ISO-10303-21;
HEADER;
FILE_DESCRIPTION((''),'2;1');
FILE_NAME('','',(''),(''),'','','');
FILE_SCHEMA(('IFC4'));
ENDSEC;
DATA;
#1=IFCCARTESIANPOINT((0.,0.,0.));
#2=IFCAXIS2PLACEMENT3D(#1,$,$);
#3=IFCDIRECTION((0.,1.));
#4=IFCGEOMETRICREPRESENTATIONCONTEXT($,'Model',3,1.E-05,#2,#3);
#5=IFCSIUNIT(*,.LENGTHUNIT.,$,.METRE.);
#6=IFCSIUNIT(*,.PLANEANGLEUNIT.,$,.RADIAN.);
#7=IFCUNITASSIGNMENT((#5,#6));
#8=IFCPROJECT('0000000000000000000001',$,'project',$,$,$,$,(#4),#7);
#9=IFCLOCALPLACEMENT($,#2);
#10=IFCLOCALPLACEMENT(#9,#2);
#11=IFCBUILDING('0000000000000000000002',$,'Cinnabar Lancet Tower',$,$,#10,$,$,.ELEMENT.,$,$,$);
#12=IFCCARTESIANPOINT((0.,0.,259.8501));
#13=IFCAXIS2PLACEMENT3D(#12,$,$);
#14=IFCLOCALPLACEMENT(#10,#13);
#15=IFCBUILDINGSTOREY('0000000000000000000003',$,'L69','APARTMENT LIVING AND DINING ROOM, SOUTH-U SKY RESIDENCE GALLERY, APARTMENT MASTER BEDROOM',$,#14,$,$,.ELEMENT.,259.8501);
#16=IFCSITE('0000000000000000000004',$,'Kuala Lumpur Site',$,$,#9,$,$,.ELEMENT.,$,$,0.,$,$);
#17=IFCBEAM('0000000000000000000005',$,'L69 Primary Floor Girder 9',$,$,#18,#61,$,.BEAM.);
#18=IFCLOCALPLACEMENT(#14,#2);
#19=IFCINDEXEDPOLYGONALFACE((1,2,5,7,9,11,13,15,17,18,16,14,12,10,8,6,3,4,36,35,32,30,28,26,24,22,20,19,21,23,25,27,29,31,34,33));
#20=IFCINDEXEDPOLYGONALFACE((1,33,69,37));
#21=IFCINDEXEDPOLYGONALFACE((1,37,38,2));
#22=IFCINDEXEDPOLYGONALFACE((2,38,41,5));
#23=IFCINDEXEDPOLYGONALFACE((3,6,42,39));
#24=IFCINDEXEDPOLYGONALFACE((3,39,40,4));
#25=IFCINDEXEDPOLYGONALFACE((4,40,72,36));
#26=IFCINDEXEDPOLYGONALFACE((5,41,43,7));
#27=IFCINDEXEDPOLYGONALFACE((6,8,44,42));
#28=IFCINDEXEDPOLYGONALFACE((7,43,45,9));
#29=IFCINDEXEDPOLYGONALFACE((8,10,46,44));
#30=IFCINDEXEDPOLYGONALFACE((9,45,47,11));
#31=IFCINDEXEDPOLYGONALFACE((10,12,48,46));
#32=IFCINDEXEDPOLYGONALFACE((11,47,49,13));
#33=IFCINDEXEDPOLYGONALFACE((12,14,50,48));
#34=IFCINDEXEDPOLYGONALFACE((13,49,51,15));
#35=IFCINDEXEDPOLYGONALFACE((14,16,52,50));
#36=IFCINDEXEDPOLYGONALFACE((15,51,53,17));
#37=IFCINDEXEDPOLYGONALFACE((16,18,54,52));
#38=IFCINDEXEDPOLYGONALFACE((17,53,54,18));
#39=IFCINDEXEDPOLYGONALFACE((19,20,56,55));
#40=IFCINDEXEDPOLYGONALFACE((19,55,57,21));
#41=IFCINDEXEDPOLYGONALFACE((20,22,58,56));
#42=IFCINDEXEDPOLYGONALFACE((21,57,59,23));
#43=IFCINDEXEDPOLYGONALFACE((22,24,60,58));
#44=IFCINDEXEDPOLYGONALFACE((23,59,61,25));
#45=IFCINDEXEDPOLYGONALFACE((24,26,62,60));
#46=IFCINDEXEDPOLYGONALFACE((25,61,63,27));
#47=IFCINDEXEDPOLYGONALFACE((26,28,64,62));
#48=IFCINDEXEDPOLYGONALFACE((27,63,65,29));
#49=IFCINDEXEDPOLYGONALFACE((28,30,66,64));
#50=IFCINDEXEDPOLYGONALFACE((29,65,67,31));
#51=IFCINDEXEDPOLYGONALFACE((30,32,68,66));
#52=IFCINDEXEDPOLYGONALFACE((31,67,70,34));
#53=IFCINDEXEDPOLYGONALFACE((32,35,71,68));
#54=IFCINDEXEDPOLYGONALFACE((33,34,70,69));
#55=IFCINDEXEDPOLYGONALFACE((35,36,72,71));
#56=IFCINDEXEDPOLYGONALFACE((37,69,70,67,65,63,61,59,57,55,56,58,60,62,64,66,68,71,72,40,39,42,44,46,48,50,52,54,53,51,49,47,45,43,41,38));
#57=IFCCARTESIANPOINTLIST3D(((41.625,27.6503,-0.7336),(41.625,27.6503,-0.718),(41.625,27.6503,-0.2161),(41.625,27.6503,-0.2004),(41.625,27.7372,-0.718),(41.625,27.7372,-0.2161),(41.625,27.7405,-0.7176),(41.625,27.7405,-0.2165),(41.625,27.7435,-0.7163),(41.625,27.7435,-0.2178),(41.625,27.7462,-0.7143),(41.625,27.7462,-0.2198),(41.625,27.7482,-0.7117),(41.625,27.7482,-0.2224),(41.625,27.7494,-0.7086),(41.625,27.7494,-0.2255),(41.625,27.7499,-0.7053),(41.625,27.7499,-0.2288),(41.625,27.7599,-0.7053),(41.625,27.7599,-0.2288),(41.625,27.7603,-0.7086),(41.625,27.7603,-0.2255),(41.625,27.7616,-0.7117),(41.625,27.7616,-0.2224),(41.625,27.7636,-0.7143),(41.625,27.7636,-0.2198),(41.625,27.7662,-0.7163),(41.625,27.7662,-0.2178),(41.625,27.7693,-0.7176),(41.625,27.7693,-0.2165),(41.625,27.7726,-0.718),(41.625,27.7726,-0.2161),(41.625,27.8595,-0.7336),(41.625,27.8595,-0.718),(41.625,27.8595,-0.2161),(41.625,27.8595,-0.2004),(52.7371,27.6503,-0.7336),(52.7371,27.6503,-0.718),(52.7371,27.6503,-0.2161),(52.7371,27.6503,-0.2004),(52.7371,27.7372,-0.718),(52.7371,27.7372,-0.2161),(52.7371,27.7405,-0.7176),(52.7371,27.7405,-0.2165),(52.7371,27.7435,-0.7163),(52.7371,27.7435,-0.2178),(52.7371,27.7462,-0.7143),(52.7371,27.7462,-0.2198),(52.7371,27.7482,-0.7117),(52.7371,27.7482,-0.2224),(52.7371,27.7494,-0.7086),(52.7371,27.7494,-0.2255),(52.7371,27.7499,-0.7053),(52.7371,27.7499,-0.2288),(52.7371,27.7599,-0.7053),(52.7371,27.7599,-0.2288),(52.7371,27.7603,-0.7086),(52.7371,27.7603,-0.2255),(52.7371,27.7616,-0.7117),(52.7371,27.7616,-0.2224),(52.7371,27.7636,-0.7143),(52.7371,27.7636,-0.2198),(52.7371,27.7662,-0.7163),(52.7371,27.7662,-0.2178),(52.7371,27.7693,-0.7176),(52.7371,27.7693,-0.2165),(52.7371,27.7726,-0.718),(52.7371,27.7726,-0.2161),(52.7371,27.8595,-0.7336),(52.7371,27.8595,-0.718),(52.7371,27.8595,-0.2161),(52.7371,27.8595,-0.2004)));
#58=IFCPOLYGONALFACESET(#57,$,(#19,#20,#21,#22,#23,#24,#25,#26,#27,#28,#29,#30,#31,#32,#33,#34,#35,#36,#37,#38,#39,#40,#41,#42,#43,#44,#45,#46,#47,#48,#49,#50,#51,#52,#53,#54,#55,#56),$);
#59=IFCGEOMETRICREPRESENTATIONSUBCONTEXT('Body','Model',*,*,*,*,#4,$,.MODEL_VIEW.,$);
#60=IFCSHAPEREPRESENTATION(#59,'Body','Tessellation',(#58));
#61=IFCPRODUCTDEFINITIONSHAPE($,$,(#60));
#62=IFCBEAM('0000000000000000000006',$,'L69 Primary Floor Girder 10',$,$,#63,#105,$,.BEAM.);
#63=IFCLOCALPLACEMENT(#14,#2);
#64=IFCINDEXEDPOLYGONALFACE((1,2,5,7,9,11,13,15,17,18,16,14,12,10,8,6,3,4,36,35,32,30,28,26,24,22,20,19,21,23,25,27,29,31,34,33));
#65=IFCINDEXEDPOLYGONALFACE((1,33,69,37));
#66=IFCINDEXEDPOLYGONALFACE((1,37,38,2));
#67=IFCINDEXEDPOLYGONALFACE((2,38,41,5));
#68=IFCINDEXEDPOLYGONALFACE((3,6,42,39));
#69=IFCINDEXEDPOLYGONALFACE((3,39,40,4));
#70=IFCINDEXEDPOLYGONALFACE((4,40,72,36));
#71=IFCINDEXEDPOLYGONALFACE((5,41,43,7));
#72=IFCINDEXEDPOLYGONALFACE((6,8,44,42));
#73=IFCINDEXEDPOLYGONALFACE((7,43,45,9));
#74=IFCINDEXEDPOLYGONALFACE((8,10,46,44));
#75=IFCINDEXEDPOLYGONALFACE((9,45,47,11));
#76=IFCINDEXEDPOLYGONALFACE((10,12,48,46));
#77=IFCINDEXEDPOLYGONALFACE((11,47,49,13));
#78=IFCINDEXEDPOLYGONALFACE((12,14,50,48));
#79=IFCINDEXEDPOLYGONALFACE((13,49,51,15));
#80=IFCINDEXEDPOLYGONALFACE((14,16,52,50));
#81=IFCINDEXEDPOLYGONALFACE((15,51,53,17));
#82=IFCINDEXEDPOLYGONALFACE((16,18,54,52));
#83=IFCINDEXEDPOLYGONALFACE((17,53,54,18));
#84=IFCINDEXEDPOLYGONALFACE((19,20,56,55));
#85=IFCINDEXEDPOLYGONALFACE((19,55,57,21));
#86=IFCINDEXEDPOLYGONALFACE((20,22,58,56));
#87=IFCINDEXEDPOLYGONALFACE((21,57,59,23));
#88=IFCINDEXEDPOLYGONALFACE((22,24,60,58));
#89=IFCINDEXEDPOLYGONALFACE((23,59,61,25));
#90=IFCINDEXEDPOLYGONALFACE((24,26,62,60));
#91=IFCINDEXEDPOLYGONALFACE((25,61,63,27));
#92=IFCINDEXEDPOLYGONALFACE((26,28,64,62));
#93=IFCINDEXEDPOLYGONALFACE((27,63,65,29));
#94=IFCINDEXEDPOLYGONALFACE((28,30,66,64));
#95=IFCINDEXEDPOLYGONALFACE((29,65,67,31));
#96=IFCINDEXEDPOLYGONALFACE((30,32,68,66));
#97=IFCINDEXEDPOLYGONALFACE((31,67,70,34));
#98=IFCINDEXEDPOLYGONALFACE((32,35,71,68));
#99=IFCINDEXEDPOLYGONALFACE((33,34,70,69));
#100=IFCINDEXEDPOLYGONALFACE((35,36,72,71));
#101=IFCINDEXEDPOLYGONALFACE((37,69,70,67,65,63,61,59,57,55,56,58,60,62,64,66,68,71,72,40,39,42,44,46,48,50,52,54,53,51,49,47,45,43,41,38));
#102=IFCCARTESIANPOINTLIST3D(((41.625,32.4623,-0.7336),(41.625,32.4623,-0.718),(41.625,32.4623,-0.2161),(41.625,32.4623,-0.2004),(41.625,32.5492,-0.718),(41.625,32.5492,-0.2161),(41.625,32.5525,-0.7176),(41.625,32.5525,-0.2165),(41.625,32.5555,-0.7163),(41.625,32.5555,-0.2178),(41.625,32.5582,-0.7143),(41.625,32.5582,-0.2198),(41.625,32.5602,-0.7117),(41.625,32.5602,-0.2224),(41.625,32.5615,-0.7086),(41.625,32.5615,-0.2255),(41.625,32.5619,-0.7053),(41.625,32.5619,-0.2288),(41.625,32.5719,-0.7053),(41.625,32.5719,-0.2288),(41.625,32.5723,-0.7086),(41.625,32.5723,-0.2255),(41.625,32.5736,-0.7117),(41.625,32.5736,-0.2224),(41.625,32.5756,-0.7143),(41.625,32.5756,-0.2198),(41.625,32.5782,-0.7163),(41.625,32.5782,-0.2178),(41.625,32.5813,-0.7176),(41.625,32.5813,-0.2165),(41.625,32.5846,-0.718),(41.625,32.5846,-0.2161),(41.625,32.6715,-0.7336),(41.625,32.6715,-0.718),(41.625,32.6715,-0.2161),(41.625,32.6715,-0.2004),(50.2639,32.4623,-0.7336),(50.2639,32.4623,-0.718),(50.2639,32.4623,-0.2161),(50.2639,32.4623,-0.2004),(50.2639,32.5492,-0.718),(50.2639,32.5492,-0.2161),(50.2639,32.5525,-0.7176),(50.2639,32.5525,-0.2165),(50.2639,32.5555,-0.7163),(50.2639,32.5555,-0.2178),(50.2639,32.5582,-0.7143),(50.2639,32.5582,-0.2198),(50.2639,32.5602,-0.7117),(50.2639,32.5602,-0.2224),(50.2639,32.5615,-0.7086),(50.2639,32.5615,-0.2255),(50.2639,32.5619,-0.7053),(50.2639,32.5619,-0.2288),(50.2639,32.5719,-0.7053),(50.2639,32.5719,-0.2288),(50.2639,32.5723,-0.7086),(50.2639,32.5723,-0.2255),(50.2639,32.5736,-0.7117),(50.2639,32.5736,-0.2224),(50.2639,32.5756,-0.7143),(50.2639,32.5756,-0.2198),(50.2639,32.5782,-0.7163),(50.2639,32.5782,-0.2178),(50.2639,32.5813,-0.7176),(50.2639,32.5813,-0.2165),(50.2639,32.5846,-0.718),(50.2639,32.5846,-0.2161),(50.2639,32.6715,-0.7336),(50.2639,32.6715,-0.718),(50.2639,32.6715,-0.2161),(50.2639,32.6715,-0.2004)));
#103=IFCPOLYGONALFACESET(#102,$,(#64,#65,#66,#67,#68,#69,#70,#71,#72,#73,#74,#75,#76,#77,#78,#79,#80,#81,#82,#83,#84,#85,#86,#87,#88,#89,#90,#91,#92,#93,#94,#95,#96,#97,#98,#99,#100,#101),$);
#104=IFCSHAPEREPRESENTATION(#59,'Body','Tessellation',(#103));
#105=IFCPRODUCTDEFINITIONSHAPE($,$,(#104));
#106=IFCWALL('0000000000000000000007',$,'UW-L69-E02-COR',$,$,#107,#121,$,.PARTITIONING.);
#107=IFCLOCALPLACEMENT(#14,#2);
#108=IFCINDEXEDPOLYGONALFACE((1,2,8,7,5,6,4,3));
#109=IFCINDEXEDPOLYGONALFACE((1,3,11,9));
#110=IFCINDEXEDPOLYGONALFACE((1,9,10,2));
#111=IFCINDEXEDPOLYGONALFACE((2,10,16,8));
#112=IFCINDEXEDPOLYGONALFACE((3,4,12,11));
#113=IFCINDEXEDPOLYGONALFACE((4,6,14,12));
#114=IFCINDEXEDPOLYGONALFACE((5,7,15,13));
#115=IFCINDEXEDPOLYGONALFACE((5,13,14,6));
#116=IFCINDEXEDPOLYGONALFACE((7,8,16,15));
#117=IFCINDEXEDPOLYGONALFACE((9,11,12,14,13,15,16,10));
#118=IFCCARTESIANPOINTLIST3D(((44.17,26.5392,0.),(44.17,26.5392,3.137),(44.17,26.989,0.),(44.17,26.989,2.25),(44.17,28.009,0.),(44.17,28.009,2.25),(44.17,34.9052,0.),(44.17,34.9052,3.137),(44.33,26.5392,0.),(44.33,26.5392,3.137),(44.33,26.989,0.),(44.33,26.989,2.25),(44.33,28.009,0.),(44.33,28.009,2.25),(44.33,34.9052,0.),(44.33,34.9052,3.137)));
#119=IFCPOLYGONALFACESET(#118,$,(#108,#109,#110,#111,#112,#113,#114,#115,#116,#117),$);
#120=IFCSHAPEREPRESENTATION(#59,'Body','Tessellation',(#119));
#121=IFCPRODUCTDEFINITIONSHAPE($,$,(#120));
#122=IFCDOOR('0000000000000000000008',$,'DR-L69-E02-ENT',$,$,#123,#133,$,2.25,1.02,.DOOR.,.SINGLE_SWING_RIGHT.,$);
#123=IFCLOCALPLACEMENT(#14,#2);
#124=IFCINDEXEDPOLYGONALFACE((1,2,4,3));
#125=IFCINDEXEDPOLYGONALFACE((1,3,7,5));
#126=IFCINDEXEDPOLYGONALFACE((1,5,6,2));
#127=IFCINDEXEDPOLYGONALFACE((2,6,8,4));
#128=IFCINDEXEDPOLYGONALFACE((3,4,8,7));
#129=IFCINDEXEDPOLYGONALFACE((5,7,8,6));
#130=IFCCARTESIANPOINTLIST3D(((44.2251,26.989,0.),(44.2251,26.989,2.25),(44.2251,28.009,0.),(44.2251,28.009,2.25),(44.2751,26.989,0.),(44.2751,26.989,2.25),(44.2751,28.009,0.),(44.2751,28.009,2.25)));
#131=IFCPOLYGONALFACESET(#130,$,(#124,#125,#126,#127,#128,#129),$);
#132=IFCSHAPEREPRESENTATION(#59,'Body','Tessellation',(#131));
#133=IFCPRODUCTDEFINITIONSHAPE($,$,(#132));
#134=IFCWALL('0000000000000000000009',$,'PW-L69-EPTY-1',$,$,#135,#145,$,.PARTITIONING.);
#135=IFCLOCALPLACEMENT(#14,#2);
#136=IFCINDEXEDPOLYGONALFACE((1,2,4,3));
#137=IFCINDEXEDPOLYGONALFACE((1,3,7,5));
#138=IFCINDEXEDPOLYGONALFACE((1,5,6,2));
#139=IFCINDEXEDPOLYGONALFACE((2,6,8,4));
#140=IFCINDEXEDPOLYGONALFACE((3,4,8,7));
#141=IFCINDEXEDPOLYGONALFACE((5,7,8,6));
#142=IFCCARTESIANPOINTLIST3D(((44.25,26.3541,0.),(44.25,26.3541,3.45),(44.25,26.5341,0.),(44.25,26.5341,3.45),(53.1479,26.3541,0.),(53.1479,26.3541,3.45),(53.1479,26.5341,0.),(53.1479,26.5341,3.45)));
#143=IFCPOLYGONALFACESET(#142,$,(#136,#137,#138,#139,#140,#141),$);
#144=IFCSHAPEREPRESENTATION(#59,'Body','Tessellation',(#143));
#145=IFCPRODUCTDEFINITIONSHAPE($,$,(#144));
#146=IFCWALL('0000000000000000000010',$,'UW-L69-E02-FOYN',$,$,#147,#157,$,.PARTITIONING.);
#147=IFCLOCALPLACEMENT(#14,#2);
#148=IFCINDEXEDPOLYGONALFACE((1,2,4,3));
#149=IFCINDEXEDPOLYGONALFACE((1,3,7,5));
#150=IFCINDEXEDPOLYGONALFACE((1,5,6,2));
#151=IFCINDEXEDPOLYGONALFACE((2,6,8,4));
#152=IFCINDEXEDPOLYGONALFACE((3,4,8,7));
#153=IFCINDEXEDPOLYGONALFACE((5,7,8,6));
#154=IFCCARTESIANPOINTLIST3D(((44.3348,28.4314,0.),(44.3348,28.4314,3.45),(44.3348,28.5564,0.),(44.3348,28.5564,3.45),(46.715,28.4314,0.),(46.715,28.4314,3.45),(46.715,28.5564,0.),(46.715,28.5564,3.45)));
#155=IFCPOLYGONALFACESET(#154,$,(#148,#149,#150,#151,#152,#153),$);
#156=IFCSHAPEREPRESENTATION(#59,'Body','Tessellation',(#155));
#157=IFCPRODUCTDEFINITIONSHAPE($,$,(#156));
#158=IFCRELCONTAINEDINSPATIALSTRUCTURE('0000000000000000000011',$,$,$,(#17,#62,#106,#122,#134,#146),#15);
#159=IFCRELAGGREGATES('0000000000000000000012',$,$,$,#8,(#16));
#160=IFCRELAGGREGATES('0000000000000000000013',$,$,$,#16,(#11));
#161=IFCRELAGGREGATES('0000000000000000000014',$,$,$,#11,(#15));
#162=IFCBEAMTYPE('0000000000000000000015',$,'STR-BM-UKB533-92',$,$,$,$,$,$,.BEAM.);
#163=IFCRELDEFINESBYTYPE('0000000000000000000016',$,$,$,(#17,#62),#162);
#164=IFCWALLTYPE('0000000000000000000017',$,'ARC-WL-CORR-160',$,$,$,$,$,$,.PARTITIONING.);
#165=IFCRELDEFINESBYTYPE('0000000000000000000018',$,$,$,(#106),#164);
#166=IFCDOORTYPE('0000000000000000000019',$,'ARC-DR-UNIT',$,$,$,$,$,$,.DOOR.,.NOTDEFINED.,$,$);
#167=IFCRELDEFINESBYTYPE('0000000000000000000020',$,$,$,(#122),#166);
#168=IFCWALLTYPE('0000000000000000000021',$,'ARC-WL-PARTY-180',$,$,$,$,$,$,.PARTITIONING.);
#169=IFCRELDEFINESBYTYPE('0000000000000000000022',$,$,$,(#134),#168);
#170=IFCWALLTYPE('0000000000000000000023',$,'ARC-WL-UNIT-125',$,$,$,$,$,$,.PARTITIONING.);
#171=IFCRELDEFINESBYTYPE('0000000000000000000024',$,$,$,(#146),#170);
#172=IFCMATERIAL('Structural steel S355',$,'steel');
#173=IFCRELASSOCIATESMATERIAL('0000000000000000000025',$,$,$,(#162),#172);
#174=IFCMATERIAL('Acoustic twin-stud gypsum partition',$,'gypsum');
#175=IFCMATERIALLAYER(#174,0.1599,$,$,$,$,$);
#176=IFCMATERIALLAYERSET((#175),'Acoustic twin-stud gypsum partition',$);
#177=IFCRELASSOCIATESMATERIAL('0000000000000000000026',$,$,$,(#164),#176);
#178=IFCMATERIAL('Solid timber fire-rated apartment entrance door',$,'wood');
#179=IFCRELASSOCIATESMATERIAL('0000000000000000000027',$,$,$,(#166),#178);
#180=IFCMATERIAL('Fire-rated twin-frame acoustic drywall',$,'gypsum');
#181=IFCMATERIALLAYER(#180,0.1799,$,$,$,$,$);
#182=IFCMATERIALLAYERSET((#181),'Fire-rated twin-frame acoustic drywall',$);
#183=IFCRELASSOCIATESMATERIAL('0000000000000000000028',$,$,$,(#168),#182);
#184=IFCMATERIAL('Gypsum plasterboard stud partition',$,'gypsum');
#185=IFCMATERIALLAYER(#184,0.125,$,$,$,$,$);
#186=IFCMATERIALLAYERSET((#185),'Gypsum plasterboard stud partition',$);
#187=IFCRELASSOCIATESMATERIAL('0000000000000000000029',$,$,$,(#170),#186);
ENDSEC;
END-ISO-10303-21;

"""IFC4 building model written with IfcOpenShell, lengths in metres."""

from ifc_helpers import new_model, si_unit, direction, frame, frame_2d, origin, origin_2d, place, context, subcontext, project, spatial, rectangle, i_section, extrude, material, layer, layer_set, material_profile, profile_set, type_object, element, fill, save


model = new_model("IFC4")

# Units and contexts
model_context = context("Model", 3, precision=1e-05, world=origin(), true_north=direction((0.0, 1.0)))
body_context = subcontext(model_context, "Body", "Model", "MODEL_VIEW")
ifc_project = project(units=[si_unit("LENGTHUNIT", "METRE"), si_unit("PLANEANGLEUNIT", "RADIAN")], contexts=[model_context])

# Site, building, storey
site_placement = place(None, origin())
site = spatial("IfcSite", under=ifc_project, at=site_placement, Name="Kuala Lumpur Site", CompositionType="ELEMENT", RefElevation=0.0)
building_placement = place(site_placement, origin())
building = spatial("IfcBuilding", under=site, at=building_placement, Name="Cinnabar Lancet Tower", CompositionType="ELEMENT")
storey_placement = place(building_placement, frame((0.0, 0.0, 259.8501)))
storey = spatial("IfcBuildingStorey", under=building, at=storey_placement, Name="L69", Description="APARTMENT LIVING AND DINING ROOM, SOUTH-U SKY RESIDENCE GALLERY, APARTMENT MASTER BEDROOM", CompositionType="ELEMENT", Elevation=259.8501)

# Beams
ifc_material_1 = material(Name="Structural steel S355", Category="steel")
ifc_material_profile_1 = material_profile(ifc_material_1, i_section(OverallWidth=0.2092, OverallDepth=0.5332, WebThickness=0.01, FlangeThickness=0.0156, FilletRadius=0.0127, at=origin_2d()), Name="UKB 533x210x92")
ifc_profile_set_1 = profile_set([ifc_material_profile_1], Name="Structural steel S355")
beam_type_1 = type_object("IfcBeamType", Name="STR-BM-UKB533-92", PredefinedType="BEAM", material=ifc_profile_set_1)
beam_1_placement = place(storey_placement, frame((52.7371, 27.7549, -0.467), z_axis=(-1.0, 0.0, 0.0), x_axis=(0.0, -1.0, 0.0)))
element("IfcBeam", 1, at=beam_1_placement, inside=storey, type_object=beam_type_1, Name="L69 Primary Floor Girder 9", PredefinedType="BEAM", context=body_context, shape_type="SweptSolid", body=[
    extrude(i_section(OverallWidth=0.2092, OverallDepth=0.5332, WebThickness=0.01, FlangeThickness=0.0156, FilletRadius=0.0127, at=origin_2d()), origin(), (0.0, 0.0, 1.0), 11.1121),
])
beam_2_placement = place(storey_placement, frame((50.2639, 32.5669, -0.467), z_axis=(-1.0, 0.0, 0.0), x_axis=(0.0, -1.0, 0.0)))
element("IfcBeam", 2, at=beam_2_placement, inside=storey, type_object=beam_type_1, Name="L69 Primary Floor Girder 10", PredefinedType="BEAM", context=body_context, shape_type="SweptSolid", body=[
    extrude(i_section(OverallWidth=0.2092, OverallDepth=0.5332, WebThickness=0.01, FlangeThickness=0.0156, FilletRadius=0.0127, at=origin_2d()), origin(), (0.0, 0.0, 1.0), 8.6389),
])

# Wall, opening, door
ifc_material_2 = material(Name="Acoustic twin-stud gypsum partition", Category="gypsum")
ifc_layer_1 = layer(ifc_material_2, 0.1599)
ifc_layer_set_1 = layer_set([ifc_layer_1], Name="Acoustic twin-stud gypsum partition")
wall_type_1 = type_object("IfcWallType", Name="ARC-WL-CORR-160", PredefinedType="PARTITIONING", material=ifc_layer_set_1)
wall_1_placement = place(storey_placement, frame((44.25, 26.5391, 0.0), z_axis=(0.0, 0.0, 1.0), x_axis=(0.0, 1.0, 0.0)))
wall_1 = element("IfcWall", 3, at=wall_1_placement, inside=storey, type_object=wall_type_1, Name="UW-L69-E02-COR", PredefinedType="PARTITIONING", context=body_context, shape_type="SweptSolid", body=[
    extrude(rectangle(XDim=8.366, YDim=0.1599, at=frame_2d((4.1831, 0.0))), origin(), (0.0, 0.0, 1.0), 3.137),
])
opening_1_placement = place(wall_1_placement, frame((0.45, 0.0, 0.0)))
opening_1 = element("IfcOpeningElement", 4, at=opening_1_placement, cuts=wall_1, PredefinedType="OPENING", context=body_context, shape_type="SweptSolid", body=[
    extrude(rectangle(XDim=1.02, YDim=2.25, at=frame_2d((0.51, 1.125))), frame((0.0, 0.0898, 0.0), z_axis=(0.0, -1.0, 0.0), x_axis=(1.0, 0.0, 0.0)), (0.0, 0.0, 1.0), 0.1799),
])
ifc_material_3 = material(Name="Solid timber fire-rated apartment entrance door", Category="wood")
door_type_1 = type_object("IfcDoorType", Name="ARC-DR-UNIT", OperationType="NOTDEFINED", PredefinedType="DOOR", material=ifc_material_3)
door_1_placement = place(opening_1_placement, origin())
door_1 = element("IfcDoor", 5, at=door_1_placement, inside=storey, type_object=door_type_1, Name="DR-L69-E02-ENT", OperationType="SINGLE_SWING_RIGHT", OverallHeight=2.25, OverallWidth=1.02, PredefinedType="DOOR", context=body_context, shape_type="SweptSolid", body=[
    extrude(rectangle(XDim=1.02, YDim=2.25, at=frame_2d((0.51, 1.125))), frame((0.0, 0.0249, 0.0), z_axis=(0.0, -1.0, 0.0), x_axis=(1.0, 0.0, 0.0)), (0.0, 0.0, 1.0), 0.05),
])
fill(opening_1, door_1)

# Walls
ifc_material_4 = material(Name="Fire-rated twin-frame acoustic drywall", Category="gypsum")
ifc_layer_2 = layer(ifc_material_4, 0.1799)
ifc_layer_set_2 = layer_set([ifc_layer_2], Name="Fire-rated twin-frame acoustic drywall")
wall_type_2 = type_object("IfcWallType", Name="ARC-WL-PARTY-180", PredefinedType="PARTITIONING", material=ifc_layer_set_2)
wall_2_placement = place(storey_placement, frame((44.25, 26.4441, 0.0), z_axis=(0.0, 0.0, 1.0), x_axis=(1.0, 0.0, 0.0)))
element("IfcWall", 6, at=wall_2_placement, inside=storey, type_object=wall_type_2, Name="PW-L69-EPTY-1", PredefinedType="PARTITIONING", context=body_context, shape_type="SweptSolid", body=[
    extrude(rectangle(XDim=8.8979, YDim=0.1799, at=frame_2d((4.449, 0.0))), origin(), (0.0, 0.0, 1.0), 3.45),
])
ifc_material_5 = material(Name="Gypsum plasterboard stud partition", Category="gypsum")
ifc_layer_3 = layer(ifc_material_5, 0.125)
ifc_layer_set_3 = layer_set([ifc_layer_3], Name="Gypsum plasterboard stud partition")
wall_type_3 = type_object("IfcWallType", Name="ARC-WL-UNIT-125", PredefinedType="PARTITIONING", material=ifc_layer_set_3)
wall_3_placement = place(storey_placement, frame((44.335, 28.4939, 0.0), z_axis=(0.0, 0.0, 1.0), x_axis=(1.0, 0.0, 0.0)))
element("IfcWall", 7, at=wall_3_placement, inside=storey, type_object=wall_type_3, Name="UW-L69-E02-FOYN", PredefinedType="PARTITIONING", context=body_context, shape_type="SweptSolid", body=[
    extrude(rectangle(XDim=2.3801, YDim=0.125, at=frame_2d((1.1899, 0.0))), origin(), (0.0, 0.0, 1.0), 3.45),
])

save(model, "model.ifc")
